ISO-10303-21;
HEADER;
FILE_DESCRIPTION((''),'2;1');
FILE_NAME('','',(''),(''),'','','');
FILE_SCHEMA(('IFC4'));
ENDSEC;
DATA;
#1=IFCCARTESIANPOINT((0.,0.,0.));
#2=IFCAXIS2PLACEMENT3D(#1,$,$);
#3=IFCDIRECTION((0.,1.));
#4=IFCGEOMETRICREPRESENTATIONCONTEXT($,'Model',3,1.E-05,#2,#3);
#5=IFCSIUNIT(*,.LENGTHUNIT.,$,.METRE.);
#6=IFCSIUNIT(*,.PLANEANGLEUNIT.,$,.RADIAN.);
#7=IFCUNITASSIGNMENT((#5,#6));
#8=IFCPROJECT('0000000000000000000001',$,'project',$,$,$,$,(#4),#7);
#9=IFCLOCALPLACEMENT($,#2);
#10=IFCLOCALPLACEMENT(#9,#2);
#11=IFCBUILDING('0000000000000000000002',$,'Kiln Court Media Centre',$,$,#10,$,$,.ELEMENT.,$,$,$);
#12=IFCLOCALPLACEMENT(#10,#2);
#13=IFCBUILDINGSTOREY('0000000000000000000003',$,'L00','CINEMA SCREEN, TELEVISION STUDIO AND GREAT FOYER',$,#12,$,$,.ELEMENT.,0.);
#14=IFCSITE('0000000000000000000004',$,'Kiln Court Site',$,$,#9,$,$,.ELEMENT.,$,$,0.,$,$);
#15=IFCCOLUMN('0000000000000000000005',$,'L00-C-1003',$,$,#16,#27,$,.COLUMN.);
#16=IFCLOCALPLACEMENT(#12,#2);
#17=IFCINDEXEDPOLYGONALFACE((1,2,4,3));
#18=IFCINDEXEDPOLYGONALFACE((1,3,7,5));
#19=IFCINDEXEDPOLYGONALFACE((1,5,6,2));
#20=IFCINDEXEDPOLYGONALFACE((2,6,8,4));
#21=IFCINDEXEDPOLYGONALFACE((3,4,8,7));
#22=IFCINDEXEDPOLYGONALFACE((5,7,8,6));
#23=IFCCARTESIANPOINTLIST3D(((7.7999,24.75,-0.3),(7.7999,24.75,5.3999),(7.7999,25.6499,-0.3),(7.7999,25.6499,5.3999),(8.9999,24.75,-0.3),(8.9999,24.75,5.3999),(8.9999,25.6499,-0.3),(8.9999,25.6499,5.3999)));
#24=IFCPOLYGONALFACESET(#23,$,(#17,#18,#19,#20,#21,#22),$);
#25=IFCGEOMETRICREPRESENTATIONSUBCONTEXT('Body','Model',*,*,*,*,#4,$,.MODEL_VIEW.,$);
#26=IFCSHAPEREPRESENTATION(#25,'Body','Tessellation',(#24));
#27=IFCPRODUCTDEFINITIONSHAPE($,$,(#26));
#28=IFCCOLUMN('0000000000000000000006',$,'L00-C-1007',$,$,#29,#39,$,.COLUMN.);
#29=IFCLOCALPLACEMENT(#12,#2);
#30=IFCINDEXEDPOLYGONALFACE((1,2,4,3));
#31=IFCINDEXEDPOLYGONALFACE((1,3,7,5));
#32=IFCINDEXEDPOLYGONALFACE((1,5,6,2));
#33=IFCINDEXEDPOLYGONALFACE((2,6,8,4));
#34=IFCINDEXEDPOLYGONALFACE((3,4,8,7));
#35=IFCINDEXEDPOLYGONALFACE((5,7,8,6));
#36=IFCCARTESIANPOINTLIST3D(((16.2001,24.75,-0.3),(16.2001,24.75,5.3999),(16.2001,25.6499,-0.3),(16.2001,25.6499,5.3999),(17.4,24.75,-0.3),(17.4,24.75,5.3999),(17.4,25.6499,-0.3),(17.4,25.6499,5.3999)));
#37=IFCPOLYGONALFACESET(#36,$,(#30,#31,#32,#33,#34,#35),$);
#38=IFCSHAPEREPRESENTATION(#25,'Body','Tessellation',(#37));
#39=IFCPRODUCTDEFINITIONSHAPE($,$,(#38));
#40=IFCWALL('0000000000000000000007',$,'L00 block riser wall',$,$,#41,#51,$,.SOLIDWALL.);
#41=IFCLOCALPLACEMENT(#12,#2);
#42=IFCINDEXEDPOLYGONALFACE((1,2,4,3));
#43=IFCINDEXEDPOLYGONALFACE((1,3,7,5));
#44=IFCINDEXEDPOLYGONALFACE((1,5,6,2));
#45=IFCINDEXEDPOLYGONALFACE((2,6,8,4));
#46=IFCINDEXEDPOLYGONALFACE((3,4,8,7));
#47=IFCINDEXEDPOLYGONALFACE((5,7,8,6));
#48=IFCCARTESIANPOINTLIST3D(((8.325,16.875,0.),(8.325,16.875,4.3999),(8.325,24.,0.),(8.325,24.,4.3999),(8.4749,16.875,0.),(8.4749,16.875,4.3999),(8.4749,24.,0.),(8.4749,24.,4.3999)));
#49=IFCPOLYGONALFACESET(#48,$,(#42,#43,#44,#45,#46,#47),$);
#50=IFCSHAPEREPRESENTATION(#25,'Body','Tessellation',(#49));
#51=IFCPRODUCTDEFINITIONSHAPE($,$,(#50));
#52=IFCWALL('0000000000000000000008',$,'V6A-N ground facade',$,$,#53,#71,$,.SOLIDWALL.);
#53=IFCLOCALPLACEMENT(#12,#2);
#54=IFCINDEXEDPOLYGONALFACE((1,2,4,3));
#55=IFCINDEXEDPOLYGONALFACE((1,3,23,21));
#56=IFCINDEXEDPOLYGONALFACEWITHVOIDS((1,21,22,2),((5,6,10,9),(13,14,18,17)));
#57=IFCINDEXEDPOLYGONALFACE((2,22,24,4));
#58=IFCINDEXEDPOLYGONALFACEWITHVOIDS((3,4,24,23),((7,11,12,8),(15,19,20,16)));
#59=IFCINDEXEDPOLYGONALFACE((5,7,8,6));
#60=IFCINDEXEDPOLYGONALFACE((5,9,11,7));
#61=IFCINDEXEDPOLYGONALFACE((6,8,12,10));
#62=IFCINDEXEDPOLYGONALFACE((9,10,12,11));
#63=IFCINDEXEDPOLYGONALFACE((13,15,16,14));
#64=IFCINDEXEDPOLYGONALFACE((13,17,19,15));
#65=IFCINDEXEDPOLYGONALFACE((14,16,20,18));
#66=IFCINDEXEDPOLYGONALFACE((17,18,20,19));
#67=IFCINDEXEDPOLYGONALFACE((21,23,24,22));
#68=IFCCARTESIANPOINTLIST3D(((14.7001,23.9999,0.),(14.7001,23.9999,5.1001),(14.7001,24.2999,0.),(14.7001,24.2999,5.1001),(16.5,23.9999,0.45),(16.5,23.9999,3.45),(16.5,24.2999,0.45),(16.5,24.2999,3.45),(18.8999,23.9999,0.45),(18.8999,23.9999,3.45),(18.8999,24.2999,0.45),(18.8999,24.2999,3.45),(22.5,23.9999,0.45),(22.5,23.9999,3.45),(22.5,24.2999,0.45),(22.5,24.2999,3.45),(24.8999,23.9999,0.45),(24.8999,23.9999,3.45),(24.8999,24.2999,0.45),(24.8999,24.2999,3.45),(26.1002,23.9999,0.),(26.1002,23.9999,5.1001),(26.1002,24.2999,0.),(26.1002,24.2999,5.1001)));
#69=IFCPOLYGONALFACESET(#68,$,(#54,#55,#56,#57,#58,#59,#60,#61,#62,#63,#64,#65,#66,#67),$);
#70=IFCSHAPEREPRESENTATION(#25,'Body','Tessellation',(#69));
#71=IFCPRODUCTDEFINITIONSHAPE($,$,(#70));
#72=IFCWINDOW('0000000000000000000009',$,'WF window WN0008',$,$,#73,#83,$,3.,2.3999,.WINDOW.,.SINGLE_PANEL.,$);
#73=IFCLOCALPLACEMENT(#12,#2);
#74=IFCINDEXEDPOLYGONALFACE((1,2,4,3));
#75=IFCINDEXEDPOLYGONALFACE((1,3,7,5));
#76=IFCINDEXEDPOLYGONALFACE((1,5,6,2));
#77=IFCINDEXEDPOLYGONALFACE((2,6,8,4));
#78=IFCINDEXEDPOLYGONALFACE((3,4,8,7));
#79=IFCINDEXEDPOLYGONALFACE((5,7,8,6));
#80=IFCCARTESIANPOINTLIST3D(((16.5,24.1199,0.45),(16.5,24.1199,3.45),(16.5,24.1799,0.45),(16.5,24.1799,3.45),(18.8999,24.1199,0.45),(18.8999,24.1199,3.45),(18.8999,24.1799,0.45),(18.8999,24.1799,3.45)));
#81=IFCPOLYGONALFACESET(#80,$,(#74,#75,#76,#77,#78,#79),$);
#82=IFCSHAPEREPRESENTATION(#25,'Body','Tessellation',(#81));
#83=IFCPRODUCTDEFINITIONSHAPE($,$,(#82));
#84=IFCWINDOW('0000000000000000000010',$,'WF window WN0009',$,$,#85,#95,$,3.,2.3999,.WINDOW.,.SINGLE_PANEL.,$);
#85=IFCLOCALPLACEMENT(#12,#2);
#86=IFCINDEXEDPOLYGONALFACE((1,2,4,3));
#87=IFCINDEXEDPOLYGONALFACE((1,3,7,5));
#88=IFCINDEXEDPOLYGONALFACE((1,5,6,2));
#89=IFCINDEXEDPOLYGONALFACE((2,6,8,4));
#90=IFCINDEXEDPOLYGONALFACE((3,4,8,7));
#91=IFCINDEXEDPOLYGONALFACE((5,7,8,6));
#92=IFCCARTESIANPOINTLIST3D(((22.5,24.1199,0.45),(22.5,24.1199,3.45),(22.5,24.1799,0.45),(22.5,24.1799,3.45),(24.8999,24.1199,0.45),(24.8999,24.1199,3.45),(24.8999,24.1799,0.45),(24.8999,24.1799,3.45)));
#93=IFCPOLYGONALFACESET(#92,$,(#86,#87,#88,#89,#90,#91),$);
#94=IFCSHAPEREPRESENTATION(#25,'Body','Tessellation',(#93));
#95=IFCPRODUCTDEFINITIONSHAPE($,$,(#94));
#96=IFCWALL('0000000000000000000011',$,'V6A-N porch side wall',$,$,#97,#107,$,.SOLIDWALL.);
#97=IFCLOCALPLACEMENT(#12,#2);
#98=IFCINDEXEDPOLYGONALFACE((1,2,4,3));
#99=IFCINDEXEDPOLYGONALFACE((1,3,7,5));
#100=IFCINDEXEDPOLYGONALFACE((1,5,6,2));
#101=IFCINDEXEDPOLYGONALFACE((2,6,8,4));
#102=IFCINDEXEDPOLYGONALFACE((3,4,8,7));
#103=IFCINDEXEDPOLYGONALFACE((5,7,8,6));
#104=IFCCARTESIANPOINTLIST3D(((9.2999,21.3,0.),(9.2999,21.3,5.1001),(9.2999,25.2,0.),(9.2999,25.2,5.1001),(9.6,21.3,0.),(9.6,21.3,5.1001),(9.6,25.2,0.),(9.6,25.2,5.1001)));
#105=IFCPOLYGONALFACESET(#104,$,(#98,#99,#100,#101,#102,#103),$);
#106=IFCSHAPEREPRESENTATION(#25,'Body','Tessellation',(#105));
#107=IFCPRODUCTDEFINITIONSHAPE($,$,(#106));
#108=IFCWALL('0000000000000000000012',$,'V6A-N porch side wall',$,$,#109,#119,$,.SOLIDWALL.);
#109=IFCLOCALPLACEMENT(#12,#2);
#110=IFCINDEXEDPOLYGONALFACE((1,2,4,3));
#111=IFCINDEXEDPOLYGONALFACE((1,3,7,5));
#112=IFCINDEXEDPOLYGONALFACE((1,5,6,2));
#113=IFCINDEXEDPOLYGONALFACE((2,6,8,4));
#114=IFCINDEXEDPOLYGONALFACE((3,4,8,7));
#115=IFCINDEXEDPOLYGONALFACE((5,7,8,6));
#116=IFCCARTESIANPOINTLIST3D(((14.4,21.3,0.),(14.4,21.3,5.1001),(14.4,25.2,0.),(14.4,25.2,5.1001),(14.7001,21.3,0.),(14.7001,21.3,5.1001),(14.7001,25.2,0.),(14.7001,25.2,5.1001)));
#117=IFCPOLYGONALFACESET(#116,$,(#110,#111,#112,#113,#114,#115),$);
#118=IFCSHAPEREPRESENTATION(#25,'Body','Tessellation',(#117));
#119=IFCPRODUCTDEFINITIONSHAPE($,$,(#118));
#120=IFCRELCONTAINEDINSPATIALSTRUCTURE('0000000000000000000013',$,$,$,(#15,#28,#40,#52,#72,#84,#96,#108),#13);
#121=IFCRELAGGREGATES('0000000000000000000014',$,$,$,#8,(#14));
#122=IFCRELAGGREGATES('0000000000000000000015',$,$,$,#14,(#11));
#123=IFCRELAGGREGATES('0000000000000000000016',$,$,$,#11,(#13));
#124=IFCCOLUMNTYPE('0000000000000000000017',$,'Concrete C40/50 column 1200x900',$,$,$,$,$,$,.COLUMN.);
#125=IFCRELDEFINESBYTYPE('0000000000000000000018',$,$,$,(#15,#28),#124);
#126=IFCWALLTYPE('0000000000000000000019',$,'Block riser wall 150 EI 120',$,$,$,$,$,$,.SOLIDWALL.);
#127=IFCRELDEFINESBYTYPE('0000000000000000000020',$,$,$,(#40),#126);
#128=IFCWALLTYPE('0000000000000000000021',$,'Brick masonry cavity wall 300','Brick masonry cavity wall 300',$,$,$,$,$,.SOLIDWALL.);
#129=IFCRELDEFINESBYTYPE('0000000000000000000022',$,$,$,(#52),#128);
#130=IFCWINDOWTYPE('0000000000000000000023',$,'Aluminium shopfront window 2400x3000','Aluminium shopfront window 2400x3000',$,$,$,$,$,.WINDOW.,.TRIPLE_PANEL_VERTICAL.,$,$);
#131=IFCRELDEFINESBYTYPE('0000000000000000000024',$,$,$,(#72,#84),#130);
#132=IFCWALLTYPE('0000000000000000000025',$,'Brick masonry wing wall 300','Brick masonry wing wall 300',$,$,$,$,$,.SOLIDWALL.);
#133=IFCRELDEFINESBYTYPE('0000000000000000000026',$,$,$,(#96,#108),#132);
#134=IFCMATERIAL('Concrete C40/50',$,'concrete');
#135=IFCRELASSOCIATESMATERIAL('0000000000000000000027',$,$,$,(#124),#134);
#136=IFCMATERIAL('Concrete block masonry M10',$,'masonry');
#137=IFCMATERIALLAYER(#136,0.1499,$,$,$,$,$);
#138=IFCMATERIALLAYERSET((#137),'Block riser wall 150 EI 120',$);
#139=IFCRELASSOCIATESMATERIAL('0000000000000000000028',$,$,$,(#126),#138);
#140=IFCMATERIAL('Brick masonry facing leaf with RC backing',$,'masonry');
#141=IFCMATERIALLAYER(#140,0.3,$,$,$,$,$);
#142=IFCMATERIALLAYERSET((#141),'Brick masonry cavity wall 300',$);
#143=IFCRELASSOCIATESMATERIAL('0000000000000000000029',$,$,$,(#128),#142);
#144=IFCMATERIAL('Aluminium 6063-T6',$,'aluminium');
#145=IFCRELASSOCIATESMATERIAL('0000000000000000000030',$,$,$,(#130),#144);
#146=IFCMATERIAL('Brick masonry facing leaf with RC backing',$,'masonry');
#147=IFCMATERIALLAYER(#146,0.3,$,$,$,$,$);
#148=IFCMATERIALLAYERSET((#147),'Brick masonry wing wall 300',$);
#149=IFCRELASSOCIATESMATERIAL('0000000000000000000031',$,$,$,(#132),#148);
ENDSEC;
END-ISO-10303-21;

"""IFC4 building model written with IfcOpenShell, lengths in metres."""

from ifc_helpers import new_model, si_unit, direction, frame, frame_2d, origin, origin_2d, place, context, subcontext, project, spatial, rectangle, extrude, material, layer, layer_set, material_profile, profile_set, type_object, element, fill, save


model = new_model("IFC4")

# Units and contexts
model_context = context("Model", 3, precision=1e-05, world=origin(), true_north=direction((0.0, 1.0)))
body_context = subcontext(model_context, "Body", "Model", "MODEL_VIEW")
ifc_project = project(units=[si_unit("LENGTHUNIT", "METRE"), si_unit("PLANEANGLEUNIT", "RADIAN")], contexts=[model_context])

# Site, building, storey
site_placement = place(None, origin())
site = spatial("IfcSite", under=ifc_project, at=site_placement, Name="Kiln Court Site", CompositionType="ELEMENT", RefElevation=0.0)
building_placement = place(site_placement, origin())
building = spatial("IfcBuilding", under=site, at=building_placement, Name="Kiln Court Media Centre", CompositionType="ELEMENT")
storey_placement = place(building_placement, origin())
storey = spatial("IfcBuildingStorey", under=building, at=storey_placement, Name="L00", Description="CINEMA SCREEN, TELEVISION STUDIO AND GREAT FOYER", CompositionType="ELEMENT", Elevation=0.0)

# Columns
ifc_material_1 = material(Name="Concrete C40/50", Category="concrete")
ifc_material_profile_1 = material_profile(ifc_material_1, rectangle(XDim=1.2, YDim=0.8999, at=origin_2d()), Name="RC 1200x900")
ifc_profile_set_1 = profile_set([ifc_material_profile_1], Name="Concrete C40/50")
column_type = type_object("IfcColumnType", Name="Concrete C40/50 column 1200x900", PredefinedType="COLUMN", material=ifc_profile_set_1)
for number, where, z_axis, x_axis, name in (
    (1, (8.3999, 25.2, -0.3), (0.0, 0.0, 1.0), (1.0, 0.0, 0.0), "L00-C-1003"),
    (2, (16.8, 25.2, -0.3), (0.0, 0.0, 1.0), (1.0, 0.0, 0.0), "L00-C-1007"),
):
    element("IfcColumn", number, at=place(storey_placement, frame(where, z_axis=z_axis, x_axis=x_axis)), inside=storey, type_object=column_type, Name=name, PredefinedType="COLUMN", context=body_context, shape_type="SweptSolid", body=[
        extrude(rectangle(XDim=1.2, YDim=0.8999, at=origin_2d()), origin(), (0.0, 0.0, 1.0), 5.7),
    ])

# Wall
ifc_material_2 = material(Name="Concrete block masonry M10", Category="masonry")
ifc_layer_1 = layer(ifc_material_2, 0.1499)
ifc_layer_set_1 = layer_set([ifc_layer_1], Name="Block riser wall 150 EI 120")
wall_type_1 = type_object("IfcWallType", Name="Block riser wall 150 EI 120", PredefinedType="SOLIDWALL", material=ifc_layer_set_1)
wall_1_placement = place(storey_placement, frame((8.3999, 16.875, 0.0), z_axis=(0.0, 0.0, 1.0), x_axis=(0.0, 1.0, 0.0)))
element("IfcWall", 3, at=wall_1_placement, inside=storey, type_object=wall_type_1, Name="L00 block riser wall", PredefinedType="SOLIDWALL", context=body_context, shape_type="SweptSolid", body=[
    extrude(rectangle(XDim=7.125, YDim=0.1499, at=frame_2d((3.5625, 0.0))), origin(), (0.0, 0.0, 1.0), 4.3999),
])

# Wall, openings, windows
ifc_material_3 = material(Name="Brick masonry facing leaf with RC backing", Category="masonry")
ifc_layer_2 = layer(ifc_material_3, 0.3)
ifc_layer_set_2 = layer_set([ifc_layer_2], Name="Brick masonry cavity wall 300")
wall_type_2 = type_object("IfcWallType", Name="Brick masonry cavity wall 300", Description="Brick masonry cavity wall 300", PredefinedType="SOLIDWALL", material=ifc_layer_set_2)
wall_2_placement = place(storey_placement, frame((14.7, 24.1499, 0.0), z_axis=(0.0, 0.0, 1.0), x_axis=(1.0, 0.0, 0.0)))
wall_2 = element("IfcWall", 4, at=wall_2_placement, inside=storey, type_object=wall_type_2, Name="V6A-N ground facade", PredefinedType="SOLIDWALL", context=body_context, shape_type="SweptSolid", body=[
    extrude(rectangle(XDim=11.4001, YDim=0.3, at=frame_2d((5.7002, 0.0))), origin(), (0.0, 0.0, 1.0), 5.1001),
])
opening_1_placement = place(wall_2_placement, frame((1.8, 0.0, 0.45)))
opening_1 = element("IfcOpeningElement", 5, at=opening_1_placement, cuts=wall_2, PredefinedType="OPENING", context=body_context, shape_type="SweptSolid", body=[
    extrude(rectangle(XDim=2.3999, YDim=3.0, at=frame_2d((1.2, 1.5))), frame((0.0, 0.1599, 0.0), z_axis=(0.0, -1.0, 0.0), x_axis=(1.0, 0.0, 0.0)), (0.0, 0.0, 1.0), 0.3201),
])
opening_2_placement = place(wall_2_placement, frame((7.8, 0.0, 0.45)))
opening_2 = element("IfcOpeningElement", 6, at=opening_2_placement, cuts=wall_2, PredefinedType="OPENING", context=body_context, shape_type="SweptSolid", body=[
    extrude(rectangle(XDim=2.3999, YDim=3.0, at=frame_2d((1.2, 1.5))), frame((0.0, 0.1599, 0.0), z_axis=(0.0, -1.0, 0.0), x_axis=(1.0, 0.0, 0.0)), (0.0, 0.0, 1.0), 0.3201),
])
ifc_material_4 = material(Name="Aluminium 6063-T6", Category="aluminium")
window_type = type_object("IfcWindowType", Name="Aluminium shopfront window 2400x3000", Description="Aluminium shopfront window 2400x3000", PartitioningType="TRIPLE_PANEL_VERTICAL", PredefinedType="WINDOW", material=ifc_material_4)
window_1_placement = place(opening_1_placement, origin())
window_1 = element("IfcWindow", 7, at=window_1_placement, inside=storey, type_object=window_type, Name="WF window WN0008", OverallHeight=3.0, OverallWidth=2.3999, PartitioningType="SINGLE_PANEL", PredefinedType="WINDOW", context=body_context, shape_type="SweptSolid", body=[
    extrude(rectangle(XDim=2.3999, YDim=3.0, at=frame_2d((1.2, 1.5))), frame((0.0, 0.03, 0.0), z_axis=(0.0, -1.0, 0.0), x_axis=(1.0, 0.0, 0.0)), (0.0, 0.0, 1.0), 0.0601),
])
fill(opening_1, window_1)
window_2_placement = place(opening_2_placement, origin())
window_2 = element("IfcWindow", 8, at=window_2_placement, inside=storey, type_object=window_type, Name="WF window WN0009", OverallHeight=3.0, OverallWidth=2.3999, PartitioningType="SINGLE_PANEL", PredefinedType="WINDOW", context=body_context, shape_type="SweptSolid", body=[
    extrude(rectangle(XDim=2.3999, YDim=3.0, at=frame_2d((1.2, 1.5))), frame((0.0, 0.03, 0.0), z_axis=(0.0, -1.0, 0.0), x_axis=(1.0, 0.0, 0.0)), (0.0, 0.0, 1.0), 0.0601),
])
fill(opening_2, window_2)

# Walls
ifc_material_5 = material(Name="Brick masonry facing leaf with RC backing", Category="masonry")
ifc_layer_3 = layer(ifc_material_5, 0.3)
ifc_layer_set_3 = layer_set([ifc_layer_3], Name="Brick masonry wing wall 300")
wall_type_3 = type_object("IfcWallType", Name="Brick masonry wing wall 300", Description="Brick masonry wing wall 300", PredefinedType="SOLIDWALL", material=ifc_layer_set_3)
for number, where, z_axis, x_axis, name in (
    (9, (9.45, 21.3, 0.0), (0.0, 0.0, 1.0), (0.0, 1.0, 0.0), "V6A-N porch side wall"),
    (10, (14.55, 21.3, 0.0), (0.0, 0.0, 1.0), (0.0, 1.0, 0.0), "V6A-N porch side wall"),
):
    element("IfcWall", number, at=place(storey_placement, frame(where, z_axis=z_axis, x_axis=x_axis)), inside=storey, type_object=wall_type_3, Name=name, PredefinedType="SOLIDWALL", context=body_context, shape_type="SweptSolid", body=[
        extrude(rectangle(XDim=3.8999, YDim=0.3, at=frame_2d((1.95, 0.0))), origin(), (0.0, 0.0, 1.0), 5.1001),
    ])

save(model, "model.ifc")
